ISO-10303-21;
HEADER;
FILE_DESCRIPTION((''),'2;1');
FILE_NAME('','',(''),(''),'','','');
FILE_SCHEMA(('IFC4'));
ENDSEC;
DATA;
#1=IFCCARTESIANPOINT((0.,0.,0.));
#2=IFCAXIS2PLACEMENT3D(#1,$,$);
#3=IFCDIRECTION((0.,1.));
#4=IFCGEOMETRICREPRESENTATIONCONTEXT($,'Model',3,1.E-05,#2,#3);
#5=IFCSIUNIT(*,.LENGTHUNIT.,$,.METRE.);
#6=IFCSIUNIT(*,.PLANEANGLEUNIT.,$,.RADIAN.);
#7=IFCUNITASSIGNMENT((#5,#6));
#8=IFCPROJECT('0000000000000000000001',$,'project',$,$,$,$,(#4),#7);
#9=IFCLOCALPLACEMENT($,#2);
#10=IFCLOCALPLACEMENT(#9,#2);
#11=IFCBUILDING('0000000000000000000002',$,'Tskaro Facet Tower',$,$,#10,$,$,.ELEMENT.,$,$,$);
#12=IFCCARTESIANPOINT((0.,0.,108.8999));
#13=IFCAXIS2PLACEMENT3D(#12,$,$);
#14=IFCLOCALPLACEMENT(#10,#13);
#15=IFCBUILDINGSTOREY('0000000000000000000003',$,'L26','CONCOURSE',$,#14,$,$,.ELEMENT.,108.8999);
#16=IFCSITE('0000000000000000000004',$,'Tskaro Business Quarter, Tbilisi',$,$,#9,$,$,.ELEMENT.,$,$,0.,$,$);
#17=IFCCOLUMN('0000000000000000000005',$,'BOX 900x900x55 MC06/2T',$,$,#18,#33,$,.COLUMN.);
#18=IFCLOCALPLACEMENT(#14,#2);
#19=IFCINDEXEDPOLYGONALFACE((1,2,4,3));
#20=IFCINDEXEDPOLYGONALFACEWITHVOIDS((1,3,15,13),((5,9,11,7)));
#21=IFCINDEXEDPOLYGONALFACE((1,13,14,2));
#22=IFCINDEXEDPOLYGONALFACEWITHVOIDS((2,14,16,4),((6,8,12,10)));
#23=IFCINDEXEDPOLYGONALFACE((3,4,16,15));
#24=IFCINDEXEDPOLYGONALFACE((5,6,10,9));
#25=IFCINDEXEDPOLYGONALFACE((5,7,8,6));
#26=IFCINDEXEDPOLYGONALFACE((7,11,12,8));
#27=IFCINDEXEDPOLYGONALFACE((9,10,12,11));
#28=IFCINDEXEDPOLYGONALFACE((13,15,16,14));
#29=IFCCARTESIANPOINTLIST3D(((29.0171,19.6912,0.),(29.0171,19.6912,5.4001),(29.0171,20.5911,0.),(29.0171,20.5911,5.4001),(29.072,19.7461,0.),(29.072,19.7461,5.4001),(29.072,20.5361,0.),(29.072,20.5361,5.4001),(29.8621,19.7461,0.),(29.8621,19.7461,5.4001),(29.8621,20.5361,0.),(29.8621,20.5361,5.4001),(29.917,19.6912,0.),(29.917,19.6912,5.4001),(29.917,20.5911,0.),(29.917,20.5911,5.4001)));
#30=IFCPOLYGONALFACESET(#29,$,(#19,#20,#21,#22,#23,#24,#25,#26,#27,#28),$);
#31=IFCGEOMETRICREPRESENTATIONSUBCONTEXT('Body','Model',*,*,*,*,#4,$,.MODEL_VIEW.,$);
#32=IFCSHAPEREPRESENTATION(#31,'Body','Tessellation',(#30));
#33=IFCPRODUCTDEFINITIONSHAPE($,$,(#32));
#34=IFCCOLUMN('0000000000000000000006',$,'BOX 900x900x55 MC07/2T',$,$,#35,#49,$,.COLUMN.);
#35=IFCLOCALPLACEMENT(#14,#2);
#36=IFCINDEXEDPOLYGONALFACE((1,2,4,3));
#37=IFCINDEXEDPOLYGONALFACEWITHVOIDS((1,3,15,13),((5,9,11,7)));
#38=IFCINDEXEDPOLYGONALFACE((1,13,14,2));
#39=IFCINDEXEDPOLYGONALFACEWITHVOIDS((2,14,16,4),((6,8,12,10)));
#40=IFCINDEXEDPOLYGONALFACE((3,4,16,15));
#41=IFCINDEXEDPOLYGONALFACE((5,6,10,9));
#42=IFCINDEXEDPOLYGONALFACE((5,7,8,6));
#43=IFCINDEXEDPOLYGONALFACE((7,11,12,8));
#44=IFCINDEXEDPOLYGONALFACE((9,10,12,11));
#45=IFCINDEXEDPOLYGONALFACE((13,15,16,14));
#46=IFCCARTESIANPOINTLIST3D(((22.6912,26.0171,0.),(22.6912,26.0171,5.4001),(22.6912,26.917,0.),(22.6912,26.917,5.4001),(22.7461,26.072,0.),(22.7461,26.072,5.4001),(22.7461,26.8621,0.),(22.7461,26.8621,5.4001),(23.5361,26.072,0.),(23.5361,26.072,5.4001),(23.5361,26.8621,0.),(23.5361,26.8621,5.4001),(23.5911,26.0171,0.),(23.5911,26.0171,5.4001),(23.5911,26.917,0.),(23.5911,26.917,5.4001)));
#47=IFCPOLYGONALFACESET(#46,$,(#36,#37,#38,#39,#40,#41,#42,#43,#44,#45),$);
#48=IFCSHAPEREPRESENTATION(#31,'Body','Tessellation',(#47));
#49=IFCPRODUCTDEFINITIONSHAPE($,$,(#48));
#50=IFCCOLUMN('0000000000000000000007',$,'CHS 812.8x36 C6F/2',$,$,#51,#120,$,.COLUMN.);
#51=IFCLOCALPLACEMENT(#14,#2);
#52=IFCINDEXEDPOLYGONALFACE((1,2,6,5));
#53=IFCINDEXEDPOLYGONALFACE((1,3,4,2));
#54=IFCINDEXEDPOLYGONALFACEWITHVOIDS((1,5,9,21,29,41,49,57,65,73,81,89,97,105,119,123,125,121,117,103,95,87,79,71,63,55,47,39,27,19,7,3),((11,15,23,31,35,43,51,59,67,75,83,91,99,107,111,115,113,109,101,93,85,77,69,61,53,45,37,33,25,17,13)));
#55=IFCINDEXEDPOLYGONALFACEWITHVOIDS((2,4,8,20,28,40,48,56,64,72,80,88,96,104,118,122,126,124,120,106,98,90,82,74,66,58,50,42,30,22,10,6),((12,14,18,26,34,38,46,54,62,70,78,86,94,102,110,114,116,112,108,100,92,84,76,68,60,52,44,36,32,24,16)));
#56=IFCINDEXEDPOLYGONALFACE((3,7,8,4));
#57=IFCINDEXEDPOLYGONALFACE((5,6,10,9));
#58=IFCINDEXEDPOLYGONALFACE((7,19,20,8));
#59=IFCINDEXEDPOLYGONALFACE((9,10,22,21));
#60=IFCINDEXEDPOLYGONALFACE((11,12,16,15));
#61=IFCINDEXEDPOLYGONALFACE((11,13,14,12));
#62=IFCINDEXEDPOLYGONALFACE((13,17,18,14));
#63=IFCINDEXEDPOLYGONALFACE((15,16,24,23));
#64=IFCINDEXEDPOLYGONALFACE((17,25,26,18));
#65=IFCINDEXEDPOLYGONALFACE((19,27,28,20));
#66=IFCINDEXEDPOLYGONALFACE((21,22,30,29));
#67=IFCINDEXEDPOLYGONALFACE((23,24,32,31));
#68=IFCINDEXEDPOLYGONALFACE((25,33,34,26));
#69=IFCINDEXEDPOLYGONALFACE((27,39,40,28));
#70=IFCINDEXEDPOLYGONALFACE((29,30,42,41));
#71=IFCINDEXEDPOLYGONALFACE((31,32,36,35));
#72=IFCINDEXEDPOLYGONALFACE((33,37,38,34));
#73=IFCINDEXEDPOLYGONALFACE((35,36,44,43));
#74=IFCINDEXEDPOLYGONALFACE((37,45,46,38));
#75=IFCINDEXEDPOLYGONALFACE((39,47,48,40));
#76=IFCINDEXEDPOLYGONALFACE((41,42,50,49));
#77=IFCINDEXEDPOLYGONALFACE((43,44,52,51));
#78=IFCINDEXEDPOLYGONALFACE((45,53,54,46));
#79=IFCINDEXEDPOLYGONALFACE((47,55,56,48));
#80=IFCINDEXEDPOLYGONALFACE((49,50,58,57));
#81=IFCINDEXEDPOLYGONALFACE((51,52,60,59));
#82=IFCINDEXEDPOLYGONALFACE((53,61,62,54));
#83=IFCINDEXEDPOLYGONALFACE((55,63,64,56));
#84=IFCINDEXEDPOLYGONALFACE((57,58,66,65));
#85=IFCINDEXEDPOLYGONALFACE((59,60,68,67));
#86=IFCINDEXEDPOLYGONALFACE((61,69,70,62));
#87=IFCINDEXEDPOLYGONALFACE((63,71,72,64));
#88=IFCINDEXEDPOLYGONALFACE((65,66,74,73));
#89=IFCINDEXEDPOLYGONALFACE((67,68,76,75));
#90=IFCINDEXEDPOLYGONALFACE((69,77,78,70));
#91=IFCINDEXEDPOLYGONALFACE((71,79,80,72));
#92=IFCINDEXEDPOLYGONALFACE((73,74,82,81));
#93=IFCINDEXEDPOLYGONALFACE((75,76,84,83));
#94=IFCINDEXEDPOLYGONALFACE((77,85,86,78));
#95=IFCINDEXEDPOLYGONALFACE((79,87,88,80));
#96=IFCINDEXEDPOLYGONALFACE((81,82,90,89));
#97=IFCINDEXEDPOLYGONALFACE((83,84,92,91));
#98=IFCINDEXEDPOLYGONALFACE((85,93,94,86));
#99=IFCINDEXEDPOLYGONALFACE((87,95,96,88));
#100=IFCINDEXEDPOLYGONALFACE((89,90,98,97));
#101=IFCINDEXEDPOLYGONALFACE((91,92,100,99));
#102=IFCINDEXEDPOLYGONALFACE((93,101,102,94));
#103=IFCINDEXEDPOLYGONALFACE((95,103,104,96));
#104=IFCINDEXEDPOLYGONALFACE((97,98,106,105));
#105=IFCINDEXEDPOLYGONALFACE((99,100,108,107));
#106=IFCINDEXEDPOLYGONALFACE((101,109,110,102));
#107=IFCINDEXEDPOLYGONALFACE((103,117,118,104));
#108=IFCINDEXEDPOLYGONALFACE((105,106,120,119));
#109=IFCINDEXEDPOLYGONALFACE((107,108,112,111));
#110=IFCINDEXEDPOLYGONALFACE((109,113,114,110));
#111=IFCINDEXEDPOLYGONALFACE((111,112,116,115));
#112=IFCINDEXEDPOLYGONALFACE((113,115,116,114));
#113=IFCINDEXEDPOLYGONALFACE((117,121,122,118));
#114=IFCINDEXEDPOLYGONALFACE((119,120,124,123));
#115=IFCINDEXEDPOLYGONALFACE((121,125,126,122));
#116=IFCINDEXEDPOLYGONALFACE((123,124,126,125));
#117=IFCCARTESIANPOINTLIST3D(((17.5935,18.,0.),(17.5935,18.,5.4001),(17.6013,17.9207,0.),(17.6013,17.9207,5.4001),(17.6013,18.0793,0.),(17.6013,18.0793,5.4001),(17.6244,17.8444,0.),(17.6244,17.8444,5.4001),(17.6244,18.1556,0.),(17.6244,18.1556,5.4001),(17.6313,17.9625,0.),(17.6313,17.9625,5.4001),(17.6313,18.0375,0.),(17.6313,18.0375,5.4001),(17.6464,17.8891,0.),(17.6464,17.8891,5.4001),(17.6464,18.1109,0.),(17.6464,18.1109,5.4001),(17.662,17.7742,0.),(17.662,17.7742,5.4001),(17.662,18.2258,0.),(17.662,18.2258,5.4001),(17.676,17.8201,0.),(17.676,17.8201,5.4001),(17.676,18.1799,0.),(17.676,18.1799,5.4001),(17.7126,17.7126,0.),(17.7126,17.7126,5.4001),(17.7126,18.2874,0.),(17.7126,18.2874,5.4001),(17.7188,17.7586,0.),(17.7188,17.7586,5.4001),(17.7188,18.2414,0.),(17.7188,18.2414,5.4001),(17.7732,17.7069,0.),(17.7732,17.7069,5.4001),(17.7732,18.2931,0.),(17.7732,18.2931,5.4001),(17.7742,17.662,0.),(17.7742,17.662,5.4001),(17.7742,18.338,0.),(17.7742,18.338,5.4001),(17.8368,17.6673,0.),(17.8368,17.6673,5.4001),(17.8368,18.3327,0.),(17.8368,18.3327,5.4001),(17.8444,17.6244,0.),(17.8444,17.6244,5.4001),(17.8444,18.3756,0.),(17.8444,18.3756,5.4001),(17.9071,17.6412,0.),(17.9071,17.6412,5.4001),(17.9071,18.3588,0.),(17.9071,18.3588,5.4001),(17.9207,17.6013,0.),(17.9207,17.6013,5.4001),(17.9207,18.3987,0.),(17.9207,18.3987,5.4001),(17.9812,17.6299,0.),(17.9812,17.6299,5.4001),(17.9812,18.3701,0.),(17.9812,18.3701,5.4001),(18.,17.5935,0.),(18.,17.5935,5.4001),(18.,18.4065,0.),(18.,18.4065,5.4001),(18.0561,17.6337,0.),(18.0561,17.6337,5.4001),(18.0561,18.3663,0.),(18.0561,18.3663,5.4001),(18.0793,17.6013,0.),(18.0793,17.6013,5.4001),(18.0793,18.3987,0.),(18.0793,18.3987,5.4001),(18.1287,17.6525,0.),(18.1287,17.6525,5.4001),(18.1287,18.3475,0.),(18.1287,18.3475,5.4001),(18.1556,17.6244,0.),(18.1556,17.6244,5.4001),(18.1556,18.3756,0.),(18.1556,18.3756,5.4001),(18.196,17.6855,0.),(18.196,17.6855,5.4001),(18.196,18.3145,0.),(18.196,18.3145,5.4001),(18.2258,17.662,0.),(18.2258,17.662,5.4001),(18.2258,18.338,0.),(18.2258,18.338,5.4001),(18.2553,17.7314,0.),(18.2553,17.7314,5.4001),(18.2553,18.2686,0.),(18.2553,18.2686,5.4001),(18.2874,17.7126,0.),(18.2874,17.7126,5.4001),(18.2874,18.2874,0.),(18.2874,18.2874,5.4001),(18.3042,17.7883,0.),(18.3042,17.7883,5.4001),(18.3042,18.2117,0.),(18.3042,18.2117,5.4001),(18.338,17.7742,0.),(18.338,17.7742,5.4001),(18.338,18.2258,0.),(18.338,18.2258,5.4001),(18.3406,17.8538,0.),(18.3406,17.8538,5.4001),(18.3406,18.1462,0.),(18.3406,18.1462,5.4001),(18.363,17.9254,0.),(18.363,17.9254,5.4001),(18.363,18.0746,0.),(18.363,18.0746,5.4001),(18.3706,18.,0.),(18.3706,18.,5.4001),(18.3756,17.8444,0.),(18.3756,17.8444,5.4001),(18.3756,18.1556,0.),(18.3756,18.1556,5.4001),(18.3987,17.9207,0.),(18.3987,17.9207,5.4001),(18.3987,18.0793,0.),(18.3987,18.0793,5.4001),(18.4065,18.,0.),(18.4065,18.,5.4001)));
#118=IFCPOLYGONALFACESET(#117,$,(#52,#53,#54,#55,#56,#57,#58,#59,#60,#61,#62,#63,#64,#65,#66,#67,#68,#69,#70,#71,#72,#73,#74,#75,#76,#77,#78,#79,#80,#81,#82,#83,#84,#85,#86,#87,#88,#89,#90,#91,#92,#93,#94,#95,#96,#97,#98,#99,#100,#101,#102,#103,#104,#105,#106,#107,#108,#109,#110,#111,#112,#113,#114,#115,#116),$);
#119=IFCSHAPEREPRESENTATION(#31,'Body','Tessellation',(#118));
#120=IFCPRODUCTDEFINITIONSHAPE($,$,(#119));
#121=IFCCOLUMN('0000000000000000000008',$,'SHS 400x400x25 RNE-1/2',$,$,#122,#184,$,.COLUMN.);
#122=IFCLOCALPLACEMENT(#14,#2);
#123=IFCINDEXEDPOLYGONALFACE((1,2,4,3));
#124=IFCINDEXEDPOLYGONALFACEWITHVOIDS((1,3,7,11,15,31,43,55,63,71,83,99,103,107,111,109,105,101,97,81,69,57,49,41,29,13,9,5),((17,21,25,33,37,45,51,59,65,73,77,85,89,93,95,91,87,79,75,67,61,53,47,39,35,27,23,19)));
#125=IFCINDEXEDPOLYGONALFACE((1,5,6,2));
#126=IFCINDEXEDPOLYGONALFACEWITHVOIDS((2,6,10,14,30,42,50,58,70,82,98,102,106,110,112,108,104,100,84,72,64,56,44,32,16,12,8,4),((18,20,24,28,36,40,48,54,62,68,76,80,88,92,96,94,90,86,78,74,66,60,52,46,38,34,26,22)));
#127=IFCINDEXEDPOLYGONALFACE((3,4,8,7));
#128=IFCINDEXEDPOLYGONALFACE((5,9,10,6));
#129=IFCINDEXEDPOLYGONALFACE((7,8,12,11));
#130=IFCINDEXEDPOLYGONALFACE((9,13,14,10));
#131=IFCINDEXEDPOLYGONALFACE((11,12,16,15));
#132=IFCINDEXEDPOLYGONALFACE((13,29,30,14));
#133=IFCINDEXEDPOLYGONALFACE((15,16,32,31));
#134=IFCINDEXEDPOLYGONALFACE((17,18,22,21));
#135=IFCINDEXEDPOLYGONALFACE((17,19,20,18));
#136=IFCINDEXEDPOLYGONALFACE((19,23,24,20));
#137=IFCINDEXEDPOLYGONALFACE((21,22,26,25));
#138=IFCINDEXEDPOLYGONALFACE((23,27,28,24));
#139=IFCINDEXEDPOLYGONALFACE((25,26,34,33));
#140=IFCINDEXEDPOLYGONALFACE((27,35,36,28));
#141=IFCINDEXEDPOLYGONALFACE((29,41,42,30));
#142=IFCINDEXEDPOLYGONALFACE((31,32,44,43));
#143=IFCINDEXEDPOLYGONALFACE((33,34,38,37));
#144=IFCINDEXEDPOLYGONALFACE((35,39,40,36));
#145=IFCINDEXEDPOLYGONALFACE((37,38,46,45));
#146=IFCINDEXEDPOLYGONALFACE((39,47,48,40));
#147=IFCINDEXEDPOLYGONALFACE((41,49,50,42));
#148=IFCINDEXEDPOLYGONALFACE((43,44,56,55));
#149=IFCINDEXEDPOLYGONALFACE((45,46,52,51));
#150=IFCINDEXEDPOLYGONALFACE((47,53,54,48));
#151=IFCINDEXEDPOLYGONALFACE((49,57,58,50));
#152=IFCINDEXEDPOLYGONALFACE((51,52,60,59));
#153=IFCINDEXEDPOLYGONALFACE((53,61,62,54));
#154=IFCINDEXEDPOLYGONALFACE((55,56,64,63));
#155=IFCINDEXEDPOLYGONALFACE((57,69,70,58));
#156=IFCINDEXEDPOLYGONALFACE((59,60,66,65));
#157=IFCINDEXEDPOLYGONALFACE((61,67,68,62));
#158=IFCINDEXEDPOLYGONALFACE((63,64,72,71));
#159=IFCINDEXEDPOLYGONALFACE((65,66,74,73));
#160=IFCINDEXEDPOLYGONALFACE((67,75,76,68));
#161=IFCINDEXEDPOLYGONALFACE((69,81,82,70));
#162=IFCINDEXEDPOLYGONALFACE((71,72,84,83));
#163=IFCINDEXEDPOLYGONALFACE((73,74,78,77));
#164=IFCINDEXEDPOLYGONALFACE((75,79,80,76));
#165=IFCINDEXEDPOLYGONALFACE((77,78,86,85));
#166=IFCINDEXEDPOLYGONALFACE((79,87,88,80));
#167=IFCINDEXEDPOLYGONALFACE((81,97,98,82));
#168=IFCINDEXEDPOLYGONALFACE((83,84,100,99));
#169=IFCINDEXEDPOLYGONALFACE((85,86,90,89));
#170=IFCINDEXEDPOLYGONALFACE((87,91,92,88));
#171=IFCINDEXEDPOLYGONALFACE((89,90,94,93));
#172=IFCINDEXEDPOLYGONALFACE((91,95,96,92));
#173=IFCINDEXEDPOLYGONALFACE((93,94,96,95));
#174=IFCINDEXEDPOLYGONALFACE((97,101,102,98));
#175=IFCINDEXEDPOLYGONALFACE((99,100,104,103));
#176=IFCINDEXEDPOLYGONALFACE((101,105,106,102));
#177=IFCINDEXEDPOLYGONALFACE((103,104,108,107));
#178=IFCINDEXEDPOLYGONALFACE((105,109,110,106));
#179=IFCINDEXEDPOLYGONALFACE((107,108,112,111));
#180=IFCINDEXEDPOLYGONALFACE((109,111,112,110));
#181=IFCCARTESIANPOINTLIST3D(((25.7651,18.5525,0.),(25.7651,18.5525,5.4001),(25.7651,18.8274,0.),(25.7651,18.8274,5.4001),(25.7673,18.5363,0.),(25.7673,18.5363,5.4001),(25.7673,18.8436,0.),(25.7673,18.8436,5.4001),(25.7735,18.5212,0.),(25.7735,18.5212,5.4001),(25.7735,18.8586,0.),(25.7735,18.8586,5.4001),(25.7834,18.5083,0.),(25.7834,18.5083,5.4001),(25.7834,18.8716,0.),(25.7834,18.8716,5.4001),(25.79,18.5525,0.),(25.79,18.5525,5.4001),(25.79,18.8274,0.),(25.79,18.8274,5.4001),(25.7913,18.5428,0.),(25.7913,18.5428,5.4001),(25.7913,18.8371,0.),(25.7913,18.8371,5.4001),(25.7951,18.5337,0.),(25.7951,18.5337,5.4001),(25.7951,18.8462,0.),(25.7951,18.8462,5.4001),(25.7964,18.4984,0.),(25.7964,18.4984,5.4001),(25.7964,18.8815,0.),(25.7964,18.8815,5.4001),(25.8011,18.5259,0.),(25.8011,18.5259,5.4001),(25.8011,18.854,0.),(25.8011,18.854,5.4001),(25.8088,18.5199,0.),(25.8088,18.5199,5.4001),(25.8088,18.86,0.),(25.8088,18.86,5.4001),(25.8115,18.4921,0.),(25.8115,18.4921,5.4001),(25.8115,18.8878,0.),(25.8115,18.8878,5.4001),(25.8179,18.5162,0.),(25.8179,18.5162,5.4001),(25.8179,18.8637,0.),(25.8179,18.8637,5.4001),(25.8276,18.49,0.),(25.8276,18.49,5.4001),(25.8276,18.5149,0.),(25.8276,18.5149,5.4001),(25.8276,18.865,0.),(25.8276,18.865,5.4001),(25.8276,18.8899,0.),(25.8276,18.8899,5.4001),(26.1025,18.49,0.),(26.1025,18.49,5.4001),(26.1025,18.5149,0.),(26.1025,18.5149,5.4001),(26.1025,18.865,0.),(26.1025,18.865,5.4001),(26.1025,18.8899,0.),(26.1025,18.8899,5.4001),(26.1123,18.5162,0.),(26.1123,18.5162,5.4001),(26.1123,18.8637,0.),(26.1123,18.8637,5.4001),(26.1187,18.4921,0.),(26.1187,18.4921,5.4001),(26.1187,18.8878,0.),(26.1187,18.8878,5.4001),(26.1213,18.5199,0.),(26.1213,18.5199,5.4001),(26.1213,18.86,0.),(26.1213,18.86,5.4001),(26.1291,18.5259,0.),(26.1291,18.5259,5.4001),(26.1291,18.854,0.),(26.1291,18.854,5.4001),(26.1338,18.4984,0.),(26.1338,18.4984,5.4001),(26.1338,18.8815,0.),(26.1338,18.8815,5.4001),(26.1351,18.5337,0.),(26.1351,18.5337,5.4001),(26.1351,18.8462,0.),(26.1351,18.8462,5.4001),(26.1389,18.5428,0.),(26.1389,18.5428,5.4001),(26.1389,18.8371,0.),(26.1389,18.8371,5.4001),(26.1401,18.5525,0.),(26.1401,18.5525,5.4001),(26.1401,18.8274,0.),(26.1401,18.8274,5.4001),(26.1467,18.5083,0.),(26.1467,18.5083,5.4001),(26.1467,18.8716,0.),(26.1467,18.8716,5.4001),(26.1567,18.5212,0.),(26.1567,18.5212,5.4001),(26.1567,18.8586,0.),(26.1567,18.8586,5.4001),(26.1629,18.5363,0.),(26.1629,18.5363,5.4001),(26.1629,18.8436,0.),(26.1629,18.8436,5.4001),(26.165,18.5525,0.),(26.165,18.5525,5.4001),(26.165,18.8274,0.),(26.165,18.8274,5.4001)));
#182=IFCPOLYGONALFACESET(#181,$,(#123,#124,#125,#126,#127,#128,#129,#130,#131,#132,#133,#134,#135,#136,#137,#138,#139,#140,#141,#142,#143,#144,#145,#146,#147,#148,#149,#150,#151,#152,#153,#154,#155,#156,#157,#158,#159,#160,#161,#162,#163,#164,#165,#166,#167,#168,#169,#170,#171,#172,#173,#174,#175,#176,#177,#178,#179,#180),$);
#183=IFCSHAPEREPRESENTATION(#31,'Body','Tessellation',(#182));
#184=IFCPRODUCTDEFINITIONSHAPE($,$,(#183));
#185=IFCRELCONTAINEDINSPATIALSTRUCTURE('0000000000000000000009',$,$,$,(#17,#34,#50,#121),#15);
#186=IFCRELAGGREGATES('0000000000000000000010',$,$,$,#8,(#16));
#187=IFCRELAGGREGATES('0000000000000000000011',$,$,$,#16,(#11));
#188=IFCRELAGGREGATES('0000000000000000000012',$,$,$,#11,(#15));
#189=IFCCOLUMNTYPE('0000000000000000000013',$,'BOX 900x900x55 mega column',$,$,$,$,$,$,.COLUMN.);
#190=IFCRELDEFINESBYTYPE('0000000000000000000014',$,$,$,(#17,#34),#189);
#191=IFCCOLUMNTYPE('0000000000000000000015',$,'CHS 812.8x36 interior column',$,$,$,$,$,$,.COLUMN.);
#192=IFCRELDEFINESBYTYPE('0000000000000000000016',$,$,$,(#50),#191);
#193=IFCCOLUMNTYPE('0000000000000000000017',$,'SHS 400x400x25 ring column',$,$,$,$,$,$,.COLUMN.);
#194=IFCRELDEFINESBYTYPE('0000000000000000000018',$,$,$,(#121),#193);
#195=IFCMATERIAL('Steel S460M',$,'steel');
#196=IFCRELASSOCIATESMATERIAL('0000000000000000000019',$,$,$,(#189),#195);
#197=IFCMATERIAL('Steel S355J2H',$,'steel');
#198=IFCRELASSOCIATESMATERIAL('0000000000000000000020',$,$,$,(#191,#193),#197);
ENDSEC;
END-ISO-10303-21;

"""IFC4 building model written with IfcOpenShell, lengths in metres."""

from ifc_helpers import new_model, si_unit, direction, frame, origin, origin_2d, place, context, subcontext, project, spatial, hollow_rectangle, hollow_circle, extrude, material, material_profile, profile_set, type_object, element, save


model = new_model("IFC4")

# Units and contexts
model_context = context("Model", 3, precision=1e-05, world=origin(), true_north=direction((0.0, 1.0)))
body_context = subcontext(model_context, "Body", "Model", "MODEL_VIEW")
ifc_project = project(units=[si_unit("LENGTHUNIT", "METRE"), si_unit("PLANEANGLEUNIT", "RADIAN")], contexts=[model_context])

# Site, building, storey
site_placement = place(None, origin())
site = spatial("IfcSite", under=ifc_project, at=site_placement, Name="Tskaro Business Quarter, Tbilisi", CompositionType="ELEMENT", RefElevation=0.0)
building_placement = place(site_placement, origin())
building = spatial("IfcBuilding", under=site, at=building_placement, Name="Tskaro Facet Tower", CompositionType="ELEMENT")
storey_placement = place(building_placement, frame((0.0, 0.0, 108.8999)))
storey = spatial("IfcBuildingStorey", under=building, at=storey_placement, Name="L26", Description="CONCOURSE", CompositionType="ELEMENT", Elevation=108.8999)

# Columns
ifc_material_1 = material(Name="Steel S460M", Category="steel")
ifc_material_profile_1 = material_profile(ifc_material_1, hollow_rectangle(XDim=0.8999, YDim=0.8999, WallThickness=0.0549, at=origin_2d()), Name="BOX 900x900x55")
ifc_profile_set_1 = profile_set([ifc_material_profile_1], Name="Steel S460M")
column_type_1 = type_object("IfcColumnType", Name="BOX 900x900x55 mega column", PredefinedType="COLUMN", material=ifc_profile_set_1)
for number, where, z_axis, x_axis, name in (
    (1, (29.467, 20.1411, 0.0), (0.0, 0.0, 1.0), (1.0, 0.0, 0.0), "BOX 900x900x55 MC06/2T"),
    (2, (23.1411, 26.467, 0.0), (0.0, 0.0, 1.0), (1.0, 0.0, 0.0), "BOX 900x900x55 MC07/2T"),
):
    element("IfcColumn", number, at=place(storey_placement, frame(where, z_axis=z_axis, x_axis=x_axis)), inside=storey, type_object=column_type_1, Name=name, PredefinedType="COLUMN", context=body_context, shape_type="SweptSolid", body=[
        extrude(hollow_rectangle(XDim=0.8999, YDim=0.8999, WallThickness=0.0549, at=origin_2d()), origin(), (0.0, 0.0, 1.0), 5.4001),
    ])
ifc_material_2 = material(Name="Steel S355J2H", Category="steel")
ifc_material_profile_2 = material_profile(ifc_material_2, hollow_circle(Radius=0.4065, WallThickness=0.0359, at=origin_2d()), Name="CHS 812.8x36")
ifc_profile_set_2 = profile_set([ifc_material_profile_2], Name="Steel S355J2H")
column_type_2 = type_object("IfcColumnType", Name="CHS 812.8x36 interior column", PredefinedType="COLUMN", material=ifc_profile_set_2)
column_placement = place(storey_placement, frame((18.0, 18.0, 0.0), z_axis=(0.0, 0.0, 1.0), x_axis=(1.0, 0.0, 0.0)))
element("IfcColumn", 3, at=column_placement, inside=storey, type_object=column_type_2, Name="CHS 812.8x36 C6F/2", PredefinedType="COLUMN", context=body_context, shape_type="SweptSolid", body=[
    extrude(hollow_circle(Radius=0.4065, WallThickness=0.0359, at=origin_2d()), origin(), (0.0, 0.0, 1.0), 5.4001),
])
ifc_material_profile_3 = material_profile(ifc_material_2, hollow_rectangle(XDim=0.3999, YDim=0.3999, WallThickness=0.0249, InnerFilletRadius=0.0376, OuterFilletRadius=0.0625, at=origin_2d()), Name="SHS 400x400x25")
ifc_profile_set_3 = profile_set([ifc_material_profile_3], Name="Steel S355J2H")
column_type_3 = type_object("IfcColumnType", Name="SHS 400x400x25 ring column", PredefinedType="COLUMN", material=ifc_profile_set_3)
for number, where, z_axis, x_axis, name in (
    (4, (25.9651, 18.6899, 0.0), (0.0, 0.0, 1.0), (1.0, 0.0, 0.0), "SHS 400x400x25 RNE-1/2"),
):
    element("IfcColumn", number, at=place(storey_placement, frame(where, z_axis=z_axis, x_axis=x_axis)), inside=storey, type_object=column_type_3, Name=name, PredefinedType="COLUMN", context=body_context, shape_type="SweptSolid", body=[
        extrude(hollow_rectangle(XDim=0.3999, YDim=0.3999, WallThickness=0.0249, InnerFilletRadius=0.0376, OuterFilletRadius=0.0625, at=origin_2d()), origin(), (0.0, 0.0, 1.0), 5.4001),
    ])

save(model, "model.ifc")
